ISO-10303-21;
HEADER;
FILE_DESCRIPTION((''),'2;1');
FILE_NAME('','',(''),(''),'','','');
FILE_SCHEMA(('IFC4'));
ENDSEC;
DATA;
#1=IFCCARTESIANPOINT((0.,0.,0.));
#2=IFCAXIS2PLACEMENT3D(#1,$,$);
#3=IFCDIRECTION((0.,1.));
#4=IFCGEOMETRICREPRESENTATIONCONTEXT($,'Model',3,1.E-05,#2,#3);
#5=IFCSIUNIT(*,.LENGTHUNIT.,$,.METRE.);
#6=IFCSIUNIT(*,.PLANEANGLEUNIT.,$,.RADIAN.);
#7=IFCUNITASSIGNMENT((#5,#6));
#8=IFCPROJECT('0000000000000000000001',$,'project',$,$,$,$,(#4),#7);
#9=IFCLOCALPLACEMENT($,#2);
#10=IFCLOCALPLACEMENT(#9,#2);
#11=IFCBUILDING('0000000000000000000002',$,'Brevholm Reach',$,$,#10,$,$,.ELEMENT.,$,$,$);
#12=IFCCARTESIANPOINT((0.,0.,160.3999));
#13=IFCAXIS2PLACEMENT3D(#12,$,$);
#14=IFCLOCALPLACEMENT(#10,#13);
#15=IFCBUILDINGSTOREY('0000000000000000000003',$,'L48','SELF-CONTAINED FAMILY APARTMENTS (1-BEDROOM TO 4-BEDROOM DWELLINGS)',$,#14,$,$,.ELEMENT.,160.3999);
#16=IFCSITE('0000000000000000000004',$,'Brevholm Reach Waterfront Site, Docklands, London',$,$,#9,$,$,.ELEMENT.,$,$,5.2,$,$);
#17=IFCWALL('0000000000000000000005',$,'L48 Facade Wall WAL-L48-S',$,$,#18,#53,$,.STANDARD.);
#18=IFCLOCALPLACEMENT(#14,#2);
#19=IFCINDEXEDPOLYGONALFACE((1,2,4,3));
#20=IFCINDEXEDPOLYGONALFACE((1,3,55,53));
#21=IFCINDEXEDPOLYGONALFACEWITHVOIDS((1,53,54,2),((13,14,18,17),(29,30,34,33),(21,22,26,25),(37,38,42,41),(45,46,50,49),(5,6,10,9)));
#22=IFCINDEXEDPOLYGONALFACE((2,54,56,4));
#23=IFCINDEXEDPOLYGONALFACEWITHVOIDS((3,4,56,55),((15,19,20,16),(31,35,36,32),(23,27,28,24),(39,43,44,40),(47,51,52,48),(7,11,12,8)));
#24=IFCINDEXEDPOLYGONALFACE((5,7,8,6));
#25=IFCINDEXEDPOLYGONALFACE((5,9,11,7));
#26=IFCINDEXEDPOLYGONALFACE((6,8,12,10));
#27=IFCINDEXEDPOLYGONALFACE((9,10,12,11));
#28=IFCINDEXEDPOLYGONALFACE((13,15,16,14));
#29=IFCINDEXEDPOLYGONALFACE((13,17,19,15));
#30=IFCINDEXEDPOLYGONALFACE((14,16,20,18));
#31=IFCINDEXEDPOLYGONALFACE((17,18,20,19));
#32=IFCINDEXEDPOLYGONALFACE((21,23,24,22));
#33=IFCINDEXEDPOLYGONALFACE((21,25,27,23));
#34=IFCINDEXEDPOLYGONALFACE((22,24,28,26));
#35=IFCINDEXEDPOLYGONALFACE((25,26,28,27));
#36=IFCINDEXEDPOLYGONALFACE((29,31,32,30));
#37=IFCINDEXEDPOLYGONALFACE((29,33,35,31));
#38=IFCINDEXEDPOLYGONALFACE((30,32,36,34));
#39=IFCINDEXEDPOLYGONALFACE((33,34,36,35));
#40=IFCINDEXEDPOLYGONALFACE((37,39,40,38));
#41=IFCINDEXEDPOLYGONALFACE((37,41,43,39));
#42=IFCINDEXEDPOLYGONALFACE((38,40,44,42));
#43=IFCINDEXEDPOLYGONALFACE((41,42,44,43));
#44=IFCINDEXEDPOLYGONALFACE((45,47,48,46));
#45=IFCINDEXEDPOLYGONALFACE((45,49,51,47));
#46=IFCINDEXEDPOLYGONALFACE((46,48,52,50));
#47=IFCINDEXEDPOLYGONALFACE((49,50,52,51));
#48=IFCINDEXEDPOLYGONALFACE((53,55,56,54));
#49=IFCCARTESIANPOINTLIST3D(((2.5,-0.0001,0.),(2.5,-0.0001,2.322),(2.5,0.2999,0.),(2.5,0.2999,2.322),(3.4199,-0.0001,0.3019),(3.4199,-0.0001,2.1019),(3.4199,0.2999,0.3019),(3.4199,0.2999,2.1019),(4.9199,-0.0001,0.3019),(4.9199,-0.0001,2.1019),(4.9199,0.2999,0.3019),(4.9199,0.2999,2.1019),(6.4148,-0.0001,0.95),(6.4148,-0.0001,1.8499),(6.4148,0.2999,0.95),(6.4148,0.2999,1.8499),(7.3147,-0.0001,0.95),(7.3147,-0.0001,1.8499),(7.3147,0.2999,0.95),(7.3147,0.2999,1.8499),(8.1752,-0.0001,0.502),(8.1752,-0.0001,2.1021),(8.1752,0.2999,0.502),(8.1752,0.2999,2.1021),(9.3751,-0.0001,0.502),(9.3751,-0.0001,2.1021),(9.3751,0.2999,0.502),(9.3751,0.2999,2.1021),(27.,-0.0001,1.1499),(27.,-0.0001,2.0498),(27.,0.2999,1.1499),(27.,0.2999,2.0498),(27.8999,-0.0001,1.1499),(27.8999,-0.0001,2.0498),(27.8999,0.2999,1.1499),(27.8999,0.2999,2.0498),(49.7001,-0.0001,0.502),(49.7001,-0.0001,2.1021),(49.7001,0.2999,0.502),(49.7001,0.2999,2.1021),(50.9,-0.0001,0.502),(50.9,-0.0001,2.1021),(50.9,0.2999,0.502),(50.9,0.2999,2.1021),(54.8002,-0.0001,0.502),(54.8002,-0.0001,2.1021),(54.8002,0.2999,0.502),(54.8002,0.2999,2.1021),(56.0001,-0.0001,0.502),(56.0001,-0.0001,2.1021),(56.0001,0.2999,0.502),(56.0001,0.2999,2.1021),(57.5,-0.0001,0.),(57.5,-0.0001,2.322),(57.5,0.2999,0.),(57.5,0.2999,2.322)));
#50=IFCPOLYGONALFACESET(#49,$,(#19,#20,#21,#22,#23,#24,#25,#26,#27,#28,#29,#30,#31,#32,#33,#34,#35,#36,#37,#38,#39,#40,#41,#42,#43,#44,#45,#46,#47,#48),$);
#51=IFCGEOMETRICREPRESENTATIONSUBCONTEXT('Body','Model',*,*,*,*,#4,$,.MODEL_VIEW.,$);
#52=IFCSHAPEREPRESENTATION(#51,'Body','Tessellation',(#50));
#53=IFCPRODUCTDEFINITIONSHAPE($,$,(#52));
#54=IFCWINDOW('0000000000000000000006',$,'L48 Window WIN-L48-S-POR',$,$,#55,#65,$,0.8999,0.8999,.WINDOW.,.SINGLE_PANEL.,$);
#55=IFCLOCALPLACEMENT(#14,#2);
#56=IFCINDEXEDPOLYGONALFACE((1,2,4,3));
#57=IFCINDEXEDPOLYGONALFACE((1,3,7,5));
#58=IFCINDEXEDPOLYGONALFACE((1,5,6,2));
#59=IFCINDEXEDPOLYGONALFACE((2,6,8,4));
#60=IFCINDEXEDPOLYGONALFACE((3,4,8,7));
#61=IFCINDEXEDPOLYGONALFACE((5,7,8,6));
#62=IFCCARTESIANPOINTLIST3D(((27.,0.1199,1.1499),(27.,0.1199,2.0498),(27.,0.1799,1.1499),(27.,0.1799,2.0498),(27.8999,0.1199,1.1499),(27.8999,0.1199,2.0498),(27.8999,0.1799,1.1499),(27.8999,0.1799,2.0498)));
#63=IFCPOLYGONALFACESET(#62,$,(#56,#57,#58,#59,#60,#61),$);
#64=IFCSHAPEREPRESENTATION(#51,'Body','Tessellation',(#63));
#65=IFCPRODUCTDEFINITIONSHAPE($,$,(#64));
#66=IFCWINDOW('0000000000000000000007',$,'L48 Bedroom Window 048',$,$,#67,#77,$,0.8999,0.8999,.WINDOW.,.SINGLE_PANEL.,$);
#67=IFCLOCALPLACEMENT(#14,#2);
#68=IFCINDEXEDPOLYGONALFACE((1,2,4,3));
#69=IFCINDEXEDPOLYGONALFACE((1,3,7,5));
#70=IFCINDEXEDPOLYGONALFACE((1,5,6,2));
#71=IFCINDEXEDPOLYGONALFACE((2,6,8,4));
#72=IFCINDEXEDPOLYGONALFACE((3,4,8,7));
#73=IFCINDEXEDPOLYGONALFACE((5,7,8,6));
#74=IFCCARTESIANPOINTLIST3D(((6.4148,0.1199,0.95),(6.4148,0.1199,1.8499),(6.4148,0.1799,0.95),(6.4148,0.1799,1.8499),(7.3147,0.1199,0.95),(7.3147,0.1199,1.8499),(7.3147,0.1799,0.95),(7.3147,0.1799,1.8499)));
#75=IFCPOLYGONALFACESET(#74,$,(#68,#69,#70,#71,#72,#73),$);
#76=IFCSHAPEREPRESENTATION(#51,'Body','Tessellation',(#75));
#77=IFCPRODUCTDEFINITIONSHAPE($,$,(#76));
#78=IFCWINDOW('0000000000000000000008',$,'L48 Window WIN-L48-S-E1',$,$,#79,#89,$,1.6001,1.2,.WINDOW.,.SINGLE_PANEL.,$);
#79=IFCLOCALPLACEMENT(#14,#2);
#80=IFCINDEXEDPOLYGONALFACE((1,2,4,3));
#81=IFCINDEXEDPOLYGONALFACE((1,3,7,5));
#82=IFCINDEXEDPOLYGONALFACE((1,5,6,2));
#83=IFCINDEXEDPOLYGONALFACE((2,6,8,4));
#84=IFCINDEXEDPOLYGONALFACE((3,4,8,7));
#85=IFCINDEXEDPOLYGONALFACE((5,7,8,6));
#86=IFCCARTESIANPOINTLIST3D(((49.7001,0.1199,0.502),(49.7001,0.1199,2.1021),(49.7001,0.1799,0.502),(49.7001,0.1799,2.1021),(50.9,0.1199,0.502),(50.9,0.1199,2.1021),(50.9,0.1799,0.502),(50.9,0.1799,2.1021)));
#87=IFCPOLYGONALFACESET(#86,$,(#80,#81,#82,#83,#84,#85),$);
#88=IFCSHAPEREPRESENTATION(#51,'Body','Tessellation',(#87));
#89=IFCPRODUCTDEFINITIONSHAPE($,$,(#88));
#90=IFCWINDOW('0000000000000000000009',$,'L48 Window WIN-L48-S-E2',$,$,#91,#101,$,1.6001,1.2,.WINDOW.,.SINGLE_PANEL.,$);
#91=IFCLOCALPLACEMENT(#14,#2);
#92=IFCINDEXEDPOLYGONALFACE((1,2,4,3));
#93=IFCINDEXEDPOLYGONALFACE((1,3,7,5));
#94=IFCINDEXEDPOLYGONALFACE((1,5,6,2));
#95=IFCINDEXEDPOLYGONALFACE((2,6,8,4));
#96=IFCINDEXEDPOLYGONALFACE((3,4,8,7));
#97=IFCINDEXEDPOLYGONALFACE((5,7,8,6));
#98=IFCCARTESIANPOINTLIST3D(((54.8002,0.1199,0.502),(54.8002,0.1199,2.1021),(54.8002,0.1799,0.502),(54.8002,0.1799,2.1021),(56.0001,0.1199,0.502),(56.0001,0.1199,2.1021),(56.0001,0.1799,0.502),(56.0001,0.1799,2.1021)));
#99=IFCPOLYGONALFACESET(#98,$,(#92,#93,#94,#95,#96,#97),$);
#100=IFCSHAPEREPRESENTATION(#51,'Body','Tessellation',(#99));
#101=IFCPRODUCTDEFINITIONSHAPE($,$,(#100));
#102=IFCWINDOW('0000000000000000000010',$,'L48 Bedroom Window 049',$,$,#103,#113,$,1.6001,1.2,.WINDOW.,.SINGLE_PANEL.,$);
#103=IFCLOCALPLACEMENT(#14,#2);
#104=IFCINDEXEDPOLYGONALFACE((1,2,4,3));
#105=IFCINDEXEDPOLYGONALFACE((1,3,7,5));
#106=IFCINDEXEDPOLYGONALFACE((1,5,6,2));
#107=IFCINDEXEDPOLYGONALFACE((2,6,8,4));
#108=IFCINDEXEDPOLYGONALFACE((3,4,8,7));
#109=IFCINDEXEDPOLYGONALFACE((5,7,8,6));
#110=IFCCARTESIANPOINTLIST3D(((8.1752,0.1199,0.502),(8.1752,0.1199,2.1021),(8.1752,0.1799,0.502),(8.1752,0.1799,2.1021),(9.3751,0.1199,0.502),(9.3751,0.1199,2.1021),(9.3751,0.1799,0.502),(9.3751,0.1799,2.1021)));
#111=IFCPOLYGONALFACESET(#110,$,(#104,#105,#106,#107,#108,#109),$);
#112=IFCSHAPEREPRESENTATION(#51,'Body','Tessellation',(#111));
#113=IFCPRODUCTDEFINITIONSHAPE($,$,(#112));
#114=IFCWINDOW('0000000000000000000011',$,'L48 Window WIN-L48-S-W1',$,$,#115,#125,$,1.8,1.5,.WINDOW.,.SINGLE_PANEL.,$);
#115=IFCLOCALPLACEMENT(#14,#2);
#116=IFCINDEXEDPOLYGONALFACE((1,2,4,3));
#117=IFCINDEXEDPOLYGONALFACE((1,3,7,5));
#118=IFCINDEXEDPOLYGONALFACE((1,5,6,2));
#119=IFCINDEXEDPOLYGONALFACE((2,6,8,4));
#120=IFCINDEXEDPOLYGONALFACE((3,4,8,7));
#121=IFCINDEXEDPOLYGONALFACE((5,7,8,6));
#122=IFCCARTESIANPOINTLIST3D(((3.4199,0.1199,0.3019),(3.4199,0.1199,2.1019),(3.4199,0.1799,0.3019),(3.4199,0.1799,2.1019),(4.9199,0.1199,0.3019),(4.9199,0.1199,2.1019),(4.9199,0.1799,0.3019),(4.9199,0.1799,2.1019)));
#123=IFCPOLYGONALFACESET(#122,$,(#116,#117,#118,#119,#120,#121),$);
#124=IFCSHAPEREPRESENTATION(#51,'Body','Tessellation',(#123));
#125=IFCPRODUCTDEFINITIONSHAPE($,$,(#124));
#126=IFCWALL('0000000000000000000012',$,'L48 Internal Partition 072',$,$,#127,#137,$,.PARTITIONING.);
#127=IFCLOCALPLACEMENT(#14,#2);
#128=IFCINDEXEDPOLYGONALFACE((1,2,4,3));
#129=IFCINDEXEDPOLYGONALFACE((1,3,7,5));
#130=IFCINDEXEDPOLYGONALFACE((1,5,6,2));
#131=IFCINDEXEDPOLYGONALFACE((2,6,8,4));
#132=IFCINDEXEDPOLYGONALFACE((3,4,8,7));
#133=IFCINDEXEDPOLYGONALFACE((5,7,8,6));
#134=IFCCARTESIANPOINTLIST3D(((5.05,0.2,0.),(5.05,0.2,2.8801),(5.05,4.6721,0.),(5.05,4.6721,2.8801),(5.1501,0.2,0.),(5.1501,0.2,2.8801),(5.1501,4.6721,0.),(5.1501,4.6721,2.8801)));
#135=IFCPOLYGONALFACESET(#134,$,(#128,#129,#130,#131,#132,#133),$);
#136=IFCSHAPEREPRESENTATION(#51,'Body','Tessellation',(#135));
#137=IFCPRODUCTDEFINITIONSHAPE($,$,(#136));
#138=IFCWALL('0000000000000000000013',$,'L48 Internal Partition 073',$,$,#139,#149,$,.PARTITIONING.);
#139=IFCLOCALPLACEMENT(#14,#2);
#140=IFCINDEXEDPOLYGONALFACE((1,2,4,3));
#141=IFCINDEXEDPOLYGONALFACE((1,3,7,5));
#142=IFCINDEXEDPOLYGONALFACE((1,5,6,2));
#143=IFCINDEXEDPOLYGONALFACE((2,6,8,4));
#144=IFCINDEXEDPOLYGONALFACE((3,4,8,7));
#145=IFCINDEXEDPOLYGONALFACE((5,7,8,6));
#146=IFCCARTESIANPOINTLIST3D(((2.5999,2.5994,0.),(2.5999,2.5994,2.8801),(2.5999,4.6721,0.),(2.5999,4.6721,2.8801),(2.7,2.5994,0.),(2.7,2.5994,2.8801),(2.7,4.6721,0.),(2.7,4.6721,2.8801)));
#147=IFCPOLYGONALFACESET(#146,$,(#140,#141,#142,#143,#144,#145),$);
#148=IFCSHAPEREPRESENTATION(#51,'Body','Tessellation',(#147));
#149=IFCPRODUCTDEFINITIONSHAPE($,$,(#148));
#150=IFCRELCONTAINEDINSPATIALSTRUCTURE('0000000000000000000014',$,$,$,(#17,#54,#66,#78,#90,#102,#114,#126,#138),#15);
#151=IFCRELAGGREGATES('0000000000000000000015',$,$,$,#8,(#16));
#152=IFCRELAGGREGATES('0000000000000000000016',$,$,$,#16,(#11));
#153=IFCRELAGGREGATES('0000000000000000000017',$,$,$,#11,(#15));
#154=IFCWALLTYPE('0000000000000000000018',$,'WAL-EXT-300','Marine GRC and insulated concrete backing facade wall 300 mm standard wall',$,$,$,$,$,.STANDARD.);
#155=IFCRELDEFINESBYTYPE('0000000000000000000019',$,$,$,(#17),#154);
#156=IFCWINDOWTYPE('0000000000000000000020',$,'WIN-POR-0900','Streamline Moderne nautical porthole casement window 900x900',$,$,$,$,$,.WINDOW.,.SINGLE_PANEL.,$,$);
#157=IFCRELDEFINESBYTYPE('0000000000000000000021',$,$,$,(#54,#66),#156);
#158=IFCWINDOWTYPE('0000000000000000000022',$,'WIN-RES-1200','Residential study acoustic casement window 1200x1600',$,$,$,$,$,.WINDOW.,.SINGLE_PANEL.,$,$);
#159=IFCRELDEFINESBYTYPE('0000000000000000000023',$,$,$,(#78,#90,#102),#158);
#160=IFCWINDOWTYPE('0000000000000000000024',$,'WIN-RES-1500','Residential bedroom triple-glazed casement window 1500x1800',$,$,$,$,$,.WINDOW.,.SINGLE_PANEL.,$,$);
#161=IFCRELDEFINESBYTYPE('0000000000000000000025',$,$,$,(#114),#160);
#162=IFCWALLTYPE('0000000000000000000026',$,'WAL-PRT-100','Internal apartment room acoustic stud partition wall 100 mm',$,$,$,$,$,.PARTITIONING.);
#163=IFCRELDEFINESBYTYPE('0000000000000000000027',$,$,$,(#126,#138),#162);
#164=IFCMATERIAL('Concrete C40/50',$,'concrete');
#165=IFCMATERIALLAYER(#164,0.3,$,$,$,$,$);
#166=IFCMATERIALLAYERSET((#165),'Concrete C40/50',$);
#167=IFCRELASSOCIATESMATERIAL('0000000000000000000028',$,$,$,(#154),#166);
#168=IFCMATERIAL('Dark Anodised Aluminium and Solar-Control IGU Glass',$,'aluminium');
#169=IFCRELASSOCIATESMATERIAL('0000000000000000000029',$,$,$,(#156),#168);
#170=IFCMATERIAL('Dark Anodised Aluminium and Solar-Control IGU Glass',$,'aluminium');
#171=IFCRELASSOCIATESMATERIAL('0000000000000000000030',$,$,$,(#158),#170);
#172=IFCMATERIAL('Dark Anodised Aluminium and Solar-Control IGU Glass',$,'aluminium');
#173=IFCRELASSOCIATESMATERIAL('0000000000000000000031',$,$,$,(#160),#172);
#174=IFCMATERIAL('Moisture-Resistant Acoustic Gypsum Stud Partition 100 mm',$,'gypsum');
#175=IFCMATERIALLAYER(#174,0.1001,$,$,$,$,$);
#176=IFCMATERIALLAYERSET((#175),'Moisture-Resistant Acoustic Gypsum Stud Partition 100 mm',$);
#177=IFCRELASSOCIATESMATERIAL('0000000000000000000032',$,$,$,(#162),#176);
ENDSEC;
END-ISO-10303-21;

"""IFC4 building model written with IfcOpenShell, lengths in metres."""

from ifc_helpers import new_model, si_unit, direction, frame, frame_2d, origin, place, context, subcontext, project, spatial, rectangle, extrude, material, layer, layer_set, type_object, element, fill, save


model = new_model("IFC4")

# Units and contexts
model_context = context("Model", 3, precision=1e-05, world=origin(), true_north=direction((0.0, 1.0)))
body_context = subcontext(model_context, "Body", "Model", "MODEL_VIEW")
ifc_project = project(units=[si_unit("LENGTHUNIT", "METRE"), si_unit("PLANEANGLEUNIT", "RADIAN")], contexts=[model_context])

# Site, building, storey
site_placement = place(None, origin())
site = spatial("IfcSite", under=ifc_project, at=site_placement, Name="Brevholm Reach Waterfront Site, Docklands, London", CompositionType="ELEMENT", RefElevation=5.2)
building_placement = place(site_placement, origin())
building = spatial("IfcBuilding", under=site, at=building_placement, Name="Brevholm Reach", CompositionType="ELEMENT")
storey_placement = place(building_placement, frame((0.0, 0.0, 160.3999)))
storey = spatial("IfcBuildingStorey", under=building, at=storey_placement, Name="L48", Description="SELF-CONTAINED FAMILY APARTMENTS (1-BEDROOM TO 4-BEDROOM DWELLINGS)", CompositionType="ELEMENT", Elevation=160.3999)

# Shared definitions
ifc_material_1 = material(Name="Concrete C40/50", Category="concrete")
ifc_layer_1 = layer(ifc_material_1, 0.3)
ifc_layer_set_1 = layer_set([ifc_layer_1], Name="Concrete C40/50")
wall_type_1 = type_object("IfcWallType", Name="WAL-EXT-300", Description="Marine GRC and insulated concrete backing facade wall 300 mm standard wall", PredefinedType="STANDARD", material=ifc_layer_set_1)

# Wall, openings, windows
wall_1_placement = place(storey_placement, frame((2.5, 0.1499, 0.0), z_axis=(0.0, 0.0, 1.0), x_axis=(1.0, 0.0, 0.0)))
wall_1 = element("IfcWall", 1, at=wall_1_placement, inside=storey, type_object=wall_type_1, Name="L48 Facade Wall WAL-L48-S", PredefinedType="STANDARD", context=body_context, shape_type="SweptSolid", body=[
    extrude(rectangle(XDim=55.0, YDim=0.3, at=frame_2d((27.5, 0.0))), origin(), (0.0, 0.0, 1.0), 2.322),
])
opening_1_placement = place(wall_1_placement, frame((0.9199, 0.0, 0.302)))
opening_1 = element("IfcOpeningElement", 2, at=opening_1_placement, cuts=wall_1, PredefinedType="OPENING", context=body_context, shape_type="SweptSolid", body=[
    extrude(rectangle(XDim=1.5, YDim=1.8, at=frame_2d((0.75, 0.8999))), frame((0.0, 0.1599, 0.0), z_axis=(0.0, -1.0, 0.0), x_axis=(1.0, 0.0, 0.0)), (0.0, 0.0, 1.0), 0.3201),
])
opening_2_placement = place(wall_1_placement, frame((24.5, 0.0, 1.1499)))
opening_2 = element("IfcOpeningElement", 3, at=opening_2_placement, cuts=wall_1, PredefinedType="OPENING", context=body_context, shape_type="SweptSolid", body=[
    extrude(rectangle(XDim=0.8999, YDim=0.8999, at=frame_2d((0.45, 0.45))), frame((0.0, 0.1599, 0.0), z_axis=(0.0, -1.0, 0.0), x_axis=(1.0, 0.0, 0.0)), (0.0, 0.0, 1.0), 0.3201),
])
opening_3_placement = place(wall_1_placement, frame((47.2, 0.0, 0.502)))
opening_3 = element("IfcOpeningElement", 4, at=opening_3_placement, cuts=wall_1, PredefinedType="OPENING", context=body_context, shape_type="SweptSolid", body=[
    extrude(rectangle(XDim=1.2, YDim=1.6001, at=frame_2d((0.6001, 0.8))), frame((0.0, 0.1599, 0.0), z_axis=(0.0, -1.0, 0.0), x_axis=(1.0, 0.0, 0.0)), (0.0, 0.0, 1.0), 0.3201),
])
opening_4_placement = place(wall_1_placement, frame((52.3, 0.0, 0.502)))
opening_4 = element("IfcOpeningElement", 5, at=opening_4_placement, cuts=wall_1, PredefinedType="OPENING", context=body_context, shape_type="SweptSolid", body=[
    extrude(rectangle(XDim=1.2, YDim=1.6001, at=frame_2d((0.6001, 0.8))), frame((0.0, 0.1599, 0.0), z_axis=(0.0, -1.0, 0.0), x_axis=(1.0, 0.0, 0.0)), (0.0, 0.0, 1.0), 0.3201),
])
opening_5_placement = place(wall_1_placement, frame((3.9148, 0.0, 0.95)))
opening_5 = element("IfcOpeningElement", 6, at=opening_5_placement, cuts=wall_1, PredefinedType="OPENING", context=body_context, shape_type="SweptSolid", body=[
    extrude(rectangle(XDim=0.8999, YDim=0.8999, at=frame_2d((0.45, 0.45))), frame((0.0, 0.1599, 0.0), z_axis=(0.0, -1.0, 0.0), x_axis=(1.0, 0.0, 0.0)), (0.0, 0.0, 1.0), 0.3201),
])
opening_6_placement = place(wall_1_placement, frame((5.675, 0.0, 0.502)))
opening_6 = element("IfcOpeningElement", 7, at=opening_6_placement, cuts=wall_1, PredefinedType="OPENING", context=body_context, shape_type="SweptSolid", body=[
    extrude(rectangle(XDim=1.2, YDim=1.6001, at=frame_2d((0.6001, 0.8))), frame((0.0, 0.1599, 0.0), z_axis=(0.0, -1.0, 0.0), x_axis=(1.0, 0.0, 0.0)), (0.0, 0.0, 1.0), 0.3201),
])
ifc_material_2 = material(Name="Dark Anodised Aluminium and Solar-Control IGU Glass", Category="aluminium")
window_type_1 = type_object("IfcWindowType", Name="WIN-POR-0900", Description="Streamline Moderne nautical porthole casement window 900x900", PartitioningType="SINGLE_PANEL", PredefinedType="WINDOW", material=ifc_material_2)
window_1_placement = place(opening_2_placement, origin())
window_1 = element("IfcWindow", 8, at=window_1_placement, inside=storey, type_object=window_type_1, Name="L48 Window WIN-L48-S-POR", OverallHeight=0.8999, OverallWidth=0.8999, PartitioningType="SINGLE_PANEL", PredefinedType="WINDOW", context=body_context, shape_type="SweptSolid", body=[
    extrude(rectangle(XDim=0.8999, YDim=0.8999, at=frame_2d((0.45, 0.45))), frame((0.0, 0.03, 0.0), z_axis=(0.0, -1.0, 0.0), x_axis=(1.0, 0.0, 0.0)), (0.0, 0.0, 1.0), 0.0601),
])
fill(opening_2, window_1)
window_2_placement = place(opening_5_placement, origin())
window_2 = element("IfcWindow", 9, at=window_2_placement, inside=storey, type_object=window_type_1, Name="L48 Bedroom Window 048", OverallHeight=0.8999, OverallWidth=0.8999, PartitioningType="SINGLE_PANEL", PredefinedType="WINDOW", context=body_context, shape_type="SweptSolid", body=[
    extrude(rectangle(XDim=0.8999, YDim=0.8999, at=frame_2d((0.45, 0.45))), frame((0.0, 0.03, 0.0), z_axis=(0.0, -1.0, 0.0), x_axis=(1.0, 0.0, 0.0)), (0.0, 0.0, 1.0), 0.0601),
])
fill(opening_5, window_2)
ifc_material_3 = material(Name="Dark Anodised Aluminium and Solar-Control IGU Glass", Category="aluminium")
window_type_2 = type_object("IfcWindowType", Name="WIN-RES-1200", Description="Residential study acoustic casement window 1200x1600", PartitioningType="SINGLE_PANEL", PredefinedType="WINDOW", material=ifc_material_3)
window_3_placement = place(opening_3_placement, origin())
window_3 = element("IfcWindow", 10, at=window_3_placement, inside=storey, type_object=window_type_2, Name="L48 Window WIN-L48-S-E1", OverallHeight=1.6001, OverallWidth=1.2, PartitioningType="SINGLE_PANEL", PredefinedType="WINDOW", context=body_context, shape_type="SweptSolid", body=[
    extrude(rectangle(XDim=1.2, YDim=1.6001, at=frame_2d((0.6001, 0.8))), frame((0.0, 0.03, 0.0), z_axis=(0.0, -1.0, 0.0), x_axis=(1.0, 0.0, 0.0)), (0.0, 0.0, 1.0), 0.0601),
])
fill(opening_3, window_3)
window_4_placement = place(opening_4_placement, origin())
window_4 = element("IfcWindow", 11, at=window_4_placement, inside=storey, type_object=window_type_2, Name="L48 Window WIN-L48-S-E2", OverallHeight=1.6001, OverallWidth=1.2, PartitioningType="SINGLE_PANEL", PredefinedType="WINDOW", context=body_context, shape_type="SweptSolid", body=[
    extrude(rectangle(XDim=1.2, YDim=1.6001, at=frame_2d((0.6001, 0.8))), frame((0.0, 0.03, 0.0), z_axis=(0.0, -1.0, 0.0), x_axis=(1.0, 0.0, 0.0)), (0.0, 0.0, 1.0), 0.0601),
])
fill(opening_4, window_4)
window_5_placement = place(opening_6_placement, origin())
window_5 = element("IfcWindow", 12, at=window_5_placement, inside=storey, type_object=window_type_2, Name="L48 Bedroom Window 049", OverallHeight=1.6001, OverallWidth=1.2, PartitioningType="SINGLE_PANEL", PredefinedType="WINDOW", context=body_context, shape_type="SweptSolid", body=[
    extrude(rectangle(XDim=1.2, YDim=1.6001, at=frame_2d((0.6001, 0.8))), frame((0.0, 0.03, 0.0), z_axis=(0.0, -1.0, 0.0), x_axis=(1.0, 0.0, 0.0)), (0.0, 0.0, 1.0), 0.0601),
])
fill(opening_6, window_5)
ifc_material_4 = material(Name="Dark Anodised Aluminium and Solar-Control IGU Glass", Category="aluminium")
window_type_3 = type_object("IfcWindowType", Name="WIN-RES-1500", Description="Residential bedroom triple-glazed casement window 1500x1800", PartitioningType="SINGLE_PANEL", PredefinedType="WINDOW", material=ifc_material_4)
window_6_placement = place(opening_1_placement, origin())
window_6 = element("IfcWindow", 13, at=window_6_placement, inside=storey, type_object=window_type_3, Name="L48 Window WIN-L48-S-W1", OverallHeight=1.8, OverallWidth=1.5, PartitioningType="SINGLE_PANEL", PredefinedType="WINDOW", context=body_context, shape_type="SweptSolid", body=[
    extrude(rectangle(XDim=1.5, YDim=1.8, at=frame_2d((0.75, 0.8999))), frame((0.0, 0.03, 0.0), z_axis=(0.0, -1.0, 0.0), x_axis=(1.0, 0.0, 0.0)), (0.0, 0.0, 1.0), 0.0601),
])
fill(opening_1, window_6)

# Walls
ifc_material_5 = material(Name="Moisture-Resistant Acoustic Gypsum Stud Partition 100 mm", Category="gypsum")
ifc_layer_2 = layer(ifc_material_5, 0.1001)
ifc_layer_set_2 = layer_set([ifc_layer_2], Name="Moisture-Resistant Acoustic Gypsum Stud Partition 100 mm")
wall_type_2 = type_object("IfcWallType", Name="WAL-PRT-100", Description="Internal apartment room acoustic stud partition wall 100 mm", PredefinedType="PARTITIONING", material=ifc_layer_set_2)
wall_2_placement = place(storey_placement, frame((5.1001, 0.2, 0.0), z_axis=(0.0, 0.0, 1.0), x_axis=(0.0, 1.0, 0.0)))
element("IfcWall", 14, at=wall_2_placement, inside=storey, type_object=wall_type_2, Name="L48 Internal Partition 072", PredefinedType="PARTITIONING", context=body_context, shape_type="SweptSolid", body=[
    extrude(rectangle(XDim=4.4722, YDim=0.1001, at=frame_2d((2.2361, 0.0))), origin(), (0.0, 0.0, 1.0), 2.8801),
])
wall_3_placement = place(storey_placement, frame((2.6499, 2.5994, 0.0), z_axis=(0.0, 0.0, 1.0), x_axis=(0.0, 1.0, 0.0)))
element("IfcWall", 15, at=wall_3_placement, inside=storey, type_object=wall_type_2, Name="L48 Internal Partition 073", PredefinedType="PARTITIONING", context=body_context, shape_type="SweptSolid", body=[
    extrude(rectangle(XDim=2.0728, YDim=0.1001, at=frame_2d((1.0364, 0.0))), origin(), (0.0, 0.0, 1.0), 2.8801),
])

save(model, "model.ifc")
